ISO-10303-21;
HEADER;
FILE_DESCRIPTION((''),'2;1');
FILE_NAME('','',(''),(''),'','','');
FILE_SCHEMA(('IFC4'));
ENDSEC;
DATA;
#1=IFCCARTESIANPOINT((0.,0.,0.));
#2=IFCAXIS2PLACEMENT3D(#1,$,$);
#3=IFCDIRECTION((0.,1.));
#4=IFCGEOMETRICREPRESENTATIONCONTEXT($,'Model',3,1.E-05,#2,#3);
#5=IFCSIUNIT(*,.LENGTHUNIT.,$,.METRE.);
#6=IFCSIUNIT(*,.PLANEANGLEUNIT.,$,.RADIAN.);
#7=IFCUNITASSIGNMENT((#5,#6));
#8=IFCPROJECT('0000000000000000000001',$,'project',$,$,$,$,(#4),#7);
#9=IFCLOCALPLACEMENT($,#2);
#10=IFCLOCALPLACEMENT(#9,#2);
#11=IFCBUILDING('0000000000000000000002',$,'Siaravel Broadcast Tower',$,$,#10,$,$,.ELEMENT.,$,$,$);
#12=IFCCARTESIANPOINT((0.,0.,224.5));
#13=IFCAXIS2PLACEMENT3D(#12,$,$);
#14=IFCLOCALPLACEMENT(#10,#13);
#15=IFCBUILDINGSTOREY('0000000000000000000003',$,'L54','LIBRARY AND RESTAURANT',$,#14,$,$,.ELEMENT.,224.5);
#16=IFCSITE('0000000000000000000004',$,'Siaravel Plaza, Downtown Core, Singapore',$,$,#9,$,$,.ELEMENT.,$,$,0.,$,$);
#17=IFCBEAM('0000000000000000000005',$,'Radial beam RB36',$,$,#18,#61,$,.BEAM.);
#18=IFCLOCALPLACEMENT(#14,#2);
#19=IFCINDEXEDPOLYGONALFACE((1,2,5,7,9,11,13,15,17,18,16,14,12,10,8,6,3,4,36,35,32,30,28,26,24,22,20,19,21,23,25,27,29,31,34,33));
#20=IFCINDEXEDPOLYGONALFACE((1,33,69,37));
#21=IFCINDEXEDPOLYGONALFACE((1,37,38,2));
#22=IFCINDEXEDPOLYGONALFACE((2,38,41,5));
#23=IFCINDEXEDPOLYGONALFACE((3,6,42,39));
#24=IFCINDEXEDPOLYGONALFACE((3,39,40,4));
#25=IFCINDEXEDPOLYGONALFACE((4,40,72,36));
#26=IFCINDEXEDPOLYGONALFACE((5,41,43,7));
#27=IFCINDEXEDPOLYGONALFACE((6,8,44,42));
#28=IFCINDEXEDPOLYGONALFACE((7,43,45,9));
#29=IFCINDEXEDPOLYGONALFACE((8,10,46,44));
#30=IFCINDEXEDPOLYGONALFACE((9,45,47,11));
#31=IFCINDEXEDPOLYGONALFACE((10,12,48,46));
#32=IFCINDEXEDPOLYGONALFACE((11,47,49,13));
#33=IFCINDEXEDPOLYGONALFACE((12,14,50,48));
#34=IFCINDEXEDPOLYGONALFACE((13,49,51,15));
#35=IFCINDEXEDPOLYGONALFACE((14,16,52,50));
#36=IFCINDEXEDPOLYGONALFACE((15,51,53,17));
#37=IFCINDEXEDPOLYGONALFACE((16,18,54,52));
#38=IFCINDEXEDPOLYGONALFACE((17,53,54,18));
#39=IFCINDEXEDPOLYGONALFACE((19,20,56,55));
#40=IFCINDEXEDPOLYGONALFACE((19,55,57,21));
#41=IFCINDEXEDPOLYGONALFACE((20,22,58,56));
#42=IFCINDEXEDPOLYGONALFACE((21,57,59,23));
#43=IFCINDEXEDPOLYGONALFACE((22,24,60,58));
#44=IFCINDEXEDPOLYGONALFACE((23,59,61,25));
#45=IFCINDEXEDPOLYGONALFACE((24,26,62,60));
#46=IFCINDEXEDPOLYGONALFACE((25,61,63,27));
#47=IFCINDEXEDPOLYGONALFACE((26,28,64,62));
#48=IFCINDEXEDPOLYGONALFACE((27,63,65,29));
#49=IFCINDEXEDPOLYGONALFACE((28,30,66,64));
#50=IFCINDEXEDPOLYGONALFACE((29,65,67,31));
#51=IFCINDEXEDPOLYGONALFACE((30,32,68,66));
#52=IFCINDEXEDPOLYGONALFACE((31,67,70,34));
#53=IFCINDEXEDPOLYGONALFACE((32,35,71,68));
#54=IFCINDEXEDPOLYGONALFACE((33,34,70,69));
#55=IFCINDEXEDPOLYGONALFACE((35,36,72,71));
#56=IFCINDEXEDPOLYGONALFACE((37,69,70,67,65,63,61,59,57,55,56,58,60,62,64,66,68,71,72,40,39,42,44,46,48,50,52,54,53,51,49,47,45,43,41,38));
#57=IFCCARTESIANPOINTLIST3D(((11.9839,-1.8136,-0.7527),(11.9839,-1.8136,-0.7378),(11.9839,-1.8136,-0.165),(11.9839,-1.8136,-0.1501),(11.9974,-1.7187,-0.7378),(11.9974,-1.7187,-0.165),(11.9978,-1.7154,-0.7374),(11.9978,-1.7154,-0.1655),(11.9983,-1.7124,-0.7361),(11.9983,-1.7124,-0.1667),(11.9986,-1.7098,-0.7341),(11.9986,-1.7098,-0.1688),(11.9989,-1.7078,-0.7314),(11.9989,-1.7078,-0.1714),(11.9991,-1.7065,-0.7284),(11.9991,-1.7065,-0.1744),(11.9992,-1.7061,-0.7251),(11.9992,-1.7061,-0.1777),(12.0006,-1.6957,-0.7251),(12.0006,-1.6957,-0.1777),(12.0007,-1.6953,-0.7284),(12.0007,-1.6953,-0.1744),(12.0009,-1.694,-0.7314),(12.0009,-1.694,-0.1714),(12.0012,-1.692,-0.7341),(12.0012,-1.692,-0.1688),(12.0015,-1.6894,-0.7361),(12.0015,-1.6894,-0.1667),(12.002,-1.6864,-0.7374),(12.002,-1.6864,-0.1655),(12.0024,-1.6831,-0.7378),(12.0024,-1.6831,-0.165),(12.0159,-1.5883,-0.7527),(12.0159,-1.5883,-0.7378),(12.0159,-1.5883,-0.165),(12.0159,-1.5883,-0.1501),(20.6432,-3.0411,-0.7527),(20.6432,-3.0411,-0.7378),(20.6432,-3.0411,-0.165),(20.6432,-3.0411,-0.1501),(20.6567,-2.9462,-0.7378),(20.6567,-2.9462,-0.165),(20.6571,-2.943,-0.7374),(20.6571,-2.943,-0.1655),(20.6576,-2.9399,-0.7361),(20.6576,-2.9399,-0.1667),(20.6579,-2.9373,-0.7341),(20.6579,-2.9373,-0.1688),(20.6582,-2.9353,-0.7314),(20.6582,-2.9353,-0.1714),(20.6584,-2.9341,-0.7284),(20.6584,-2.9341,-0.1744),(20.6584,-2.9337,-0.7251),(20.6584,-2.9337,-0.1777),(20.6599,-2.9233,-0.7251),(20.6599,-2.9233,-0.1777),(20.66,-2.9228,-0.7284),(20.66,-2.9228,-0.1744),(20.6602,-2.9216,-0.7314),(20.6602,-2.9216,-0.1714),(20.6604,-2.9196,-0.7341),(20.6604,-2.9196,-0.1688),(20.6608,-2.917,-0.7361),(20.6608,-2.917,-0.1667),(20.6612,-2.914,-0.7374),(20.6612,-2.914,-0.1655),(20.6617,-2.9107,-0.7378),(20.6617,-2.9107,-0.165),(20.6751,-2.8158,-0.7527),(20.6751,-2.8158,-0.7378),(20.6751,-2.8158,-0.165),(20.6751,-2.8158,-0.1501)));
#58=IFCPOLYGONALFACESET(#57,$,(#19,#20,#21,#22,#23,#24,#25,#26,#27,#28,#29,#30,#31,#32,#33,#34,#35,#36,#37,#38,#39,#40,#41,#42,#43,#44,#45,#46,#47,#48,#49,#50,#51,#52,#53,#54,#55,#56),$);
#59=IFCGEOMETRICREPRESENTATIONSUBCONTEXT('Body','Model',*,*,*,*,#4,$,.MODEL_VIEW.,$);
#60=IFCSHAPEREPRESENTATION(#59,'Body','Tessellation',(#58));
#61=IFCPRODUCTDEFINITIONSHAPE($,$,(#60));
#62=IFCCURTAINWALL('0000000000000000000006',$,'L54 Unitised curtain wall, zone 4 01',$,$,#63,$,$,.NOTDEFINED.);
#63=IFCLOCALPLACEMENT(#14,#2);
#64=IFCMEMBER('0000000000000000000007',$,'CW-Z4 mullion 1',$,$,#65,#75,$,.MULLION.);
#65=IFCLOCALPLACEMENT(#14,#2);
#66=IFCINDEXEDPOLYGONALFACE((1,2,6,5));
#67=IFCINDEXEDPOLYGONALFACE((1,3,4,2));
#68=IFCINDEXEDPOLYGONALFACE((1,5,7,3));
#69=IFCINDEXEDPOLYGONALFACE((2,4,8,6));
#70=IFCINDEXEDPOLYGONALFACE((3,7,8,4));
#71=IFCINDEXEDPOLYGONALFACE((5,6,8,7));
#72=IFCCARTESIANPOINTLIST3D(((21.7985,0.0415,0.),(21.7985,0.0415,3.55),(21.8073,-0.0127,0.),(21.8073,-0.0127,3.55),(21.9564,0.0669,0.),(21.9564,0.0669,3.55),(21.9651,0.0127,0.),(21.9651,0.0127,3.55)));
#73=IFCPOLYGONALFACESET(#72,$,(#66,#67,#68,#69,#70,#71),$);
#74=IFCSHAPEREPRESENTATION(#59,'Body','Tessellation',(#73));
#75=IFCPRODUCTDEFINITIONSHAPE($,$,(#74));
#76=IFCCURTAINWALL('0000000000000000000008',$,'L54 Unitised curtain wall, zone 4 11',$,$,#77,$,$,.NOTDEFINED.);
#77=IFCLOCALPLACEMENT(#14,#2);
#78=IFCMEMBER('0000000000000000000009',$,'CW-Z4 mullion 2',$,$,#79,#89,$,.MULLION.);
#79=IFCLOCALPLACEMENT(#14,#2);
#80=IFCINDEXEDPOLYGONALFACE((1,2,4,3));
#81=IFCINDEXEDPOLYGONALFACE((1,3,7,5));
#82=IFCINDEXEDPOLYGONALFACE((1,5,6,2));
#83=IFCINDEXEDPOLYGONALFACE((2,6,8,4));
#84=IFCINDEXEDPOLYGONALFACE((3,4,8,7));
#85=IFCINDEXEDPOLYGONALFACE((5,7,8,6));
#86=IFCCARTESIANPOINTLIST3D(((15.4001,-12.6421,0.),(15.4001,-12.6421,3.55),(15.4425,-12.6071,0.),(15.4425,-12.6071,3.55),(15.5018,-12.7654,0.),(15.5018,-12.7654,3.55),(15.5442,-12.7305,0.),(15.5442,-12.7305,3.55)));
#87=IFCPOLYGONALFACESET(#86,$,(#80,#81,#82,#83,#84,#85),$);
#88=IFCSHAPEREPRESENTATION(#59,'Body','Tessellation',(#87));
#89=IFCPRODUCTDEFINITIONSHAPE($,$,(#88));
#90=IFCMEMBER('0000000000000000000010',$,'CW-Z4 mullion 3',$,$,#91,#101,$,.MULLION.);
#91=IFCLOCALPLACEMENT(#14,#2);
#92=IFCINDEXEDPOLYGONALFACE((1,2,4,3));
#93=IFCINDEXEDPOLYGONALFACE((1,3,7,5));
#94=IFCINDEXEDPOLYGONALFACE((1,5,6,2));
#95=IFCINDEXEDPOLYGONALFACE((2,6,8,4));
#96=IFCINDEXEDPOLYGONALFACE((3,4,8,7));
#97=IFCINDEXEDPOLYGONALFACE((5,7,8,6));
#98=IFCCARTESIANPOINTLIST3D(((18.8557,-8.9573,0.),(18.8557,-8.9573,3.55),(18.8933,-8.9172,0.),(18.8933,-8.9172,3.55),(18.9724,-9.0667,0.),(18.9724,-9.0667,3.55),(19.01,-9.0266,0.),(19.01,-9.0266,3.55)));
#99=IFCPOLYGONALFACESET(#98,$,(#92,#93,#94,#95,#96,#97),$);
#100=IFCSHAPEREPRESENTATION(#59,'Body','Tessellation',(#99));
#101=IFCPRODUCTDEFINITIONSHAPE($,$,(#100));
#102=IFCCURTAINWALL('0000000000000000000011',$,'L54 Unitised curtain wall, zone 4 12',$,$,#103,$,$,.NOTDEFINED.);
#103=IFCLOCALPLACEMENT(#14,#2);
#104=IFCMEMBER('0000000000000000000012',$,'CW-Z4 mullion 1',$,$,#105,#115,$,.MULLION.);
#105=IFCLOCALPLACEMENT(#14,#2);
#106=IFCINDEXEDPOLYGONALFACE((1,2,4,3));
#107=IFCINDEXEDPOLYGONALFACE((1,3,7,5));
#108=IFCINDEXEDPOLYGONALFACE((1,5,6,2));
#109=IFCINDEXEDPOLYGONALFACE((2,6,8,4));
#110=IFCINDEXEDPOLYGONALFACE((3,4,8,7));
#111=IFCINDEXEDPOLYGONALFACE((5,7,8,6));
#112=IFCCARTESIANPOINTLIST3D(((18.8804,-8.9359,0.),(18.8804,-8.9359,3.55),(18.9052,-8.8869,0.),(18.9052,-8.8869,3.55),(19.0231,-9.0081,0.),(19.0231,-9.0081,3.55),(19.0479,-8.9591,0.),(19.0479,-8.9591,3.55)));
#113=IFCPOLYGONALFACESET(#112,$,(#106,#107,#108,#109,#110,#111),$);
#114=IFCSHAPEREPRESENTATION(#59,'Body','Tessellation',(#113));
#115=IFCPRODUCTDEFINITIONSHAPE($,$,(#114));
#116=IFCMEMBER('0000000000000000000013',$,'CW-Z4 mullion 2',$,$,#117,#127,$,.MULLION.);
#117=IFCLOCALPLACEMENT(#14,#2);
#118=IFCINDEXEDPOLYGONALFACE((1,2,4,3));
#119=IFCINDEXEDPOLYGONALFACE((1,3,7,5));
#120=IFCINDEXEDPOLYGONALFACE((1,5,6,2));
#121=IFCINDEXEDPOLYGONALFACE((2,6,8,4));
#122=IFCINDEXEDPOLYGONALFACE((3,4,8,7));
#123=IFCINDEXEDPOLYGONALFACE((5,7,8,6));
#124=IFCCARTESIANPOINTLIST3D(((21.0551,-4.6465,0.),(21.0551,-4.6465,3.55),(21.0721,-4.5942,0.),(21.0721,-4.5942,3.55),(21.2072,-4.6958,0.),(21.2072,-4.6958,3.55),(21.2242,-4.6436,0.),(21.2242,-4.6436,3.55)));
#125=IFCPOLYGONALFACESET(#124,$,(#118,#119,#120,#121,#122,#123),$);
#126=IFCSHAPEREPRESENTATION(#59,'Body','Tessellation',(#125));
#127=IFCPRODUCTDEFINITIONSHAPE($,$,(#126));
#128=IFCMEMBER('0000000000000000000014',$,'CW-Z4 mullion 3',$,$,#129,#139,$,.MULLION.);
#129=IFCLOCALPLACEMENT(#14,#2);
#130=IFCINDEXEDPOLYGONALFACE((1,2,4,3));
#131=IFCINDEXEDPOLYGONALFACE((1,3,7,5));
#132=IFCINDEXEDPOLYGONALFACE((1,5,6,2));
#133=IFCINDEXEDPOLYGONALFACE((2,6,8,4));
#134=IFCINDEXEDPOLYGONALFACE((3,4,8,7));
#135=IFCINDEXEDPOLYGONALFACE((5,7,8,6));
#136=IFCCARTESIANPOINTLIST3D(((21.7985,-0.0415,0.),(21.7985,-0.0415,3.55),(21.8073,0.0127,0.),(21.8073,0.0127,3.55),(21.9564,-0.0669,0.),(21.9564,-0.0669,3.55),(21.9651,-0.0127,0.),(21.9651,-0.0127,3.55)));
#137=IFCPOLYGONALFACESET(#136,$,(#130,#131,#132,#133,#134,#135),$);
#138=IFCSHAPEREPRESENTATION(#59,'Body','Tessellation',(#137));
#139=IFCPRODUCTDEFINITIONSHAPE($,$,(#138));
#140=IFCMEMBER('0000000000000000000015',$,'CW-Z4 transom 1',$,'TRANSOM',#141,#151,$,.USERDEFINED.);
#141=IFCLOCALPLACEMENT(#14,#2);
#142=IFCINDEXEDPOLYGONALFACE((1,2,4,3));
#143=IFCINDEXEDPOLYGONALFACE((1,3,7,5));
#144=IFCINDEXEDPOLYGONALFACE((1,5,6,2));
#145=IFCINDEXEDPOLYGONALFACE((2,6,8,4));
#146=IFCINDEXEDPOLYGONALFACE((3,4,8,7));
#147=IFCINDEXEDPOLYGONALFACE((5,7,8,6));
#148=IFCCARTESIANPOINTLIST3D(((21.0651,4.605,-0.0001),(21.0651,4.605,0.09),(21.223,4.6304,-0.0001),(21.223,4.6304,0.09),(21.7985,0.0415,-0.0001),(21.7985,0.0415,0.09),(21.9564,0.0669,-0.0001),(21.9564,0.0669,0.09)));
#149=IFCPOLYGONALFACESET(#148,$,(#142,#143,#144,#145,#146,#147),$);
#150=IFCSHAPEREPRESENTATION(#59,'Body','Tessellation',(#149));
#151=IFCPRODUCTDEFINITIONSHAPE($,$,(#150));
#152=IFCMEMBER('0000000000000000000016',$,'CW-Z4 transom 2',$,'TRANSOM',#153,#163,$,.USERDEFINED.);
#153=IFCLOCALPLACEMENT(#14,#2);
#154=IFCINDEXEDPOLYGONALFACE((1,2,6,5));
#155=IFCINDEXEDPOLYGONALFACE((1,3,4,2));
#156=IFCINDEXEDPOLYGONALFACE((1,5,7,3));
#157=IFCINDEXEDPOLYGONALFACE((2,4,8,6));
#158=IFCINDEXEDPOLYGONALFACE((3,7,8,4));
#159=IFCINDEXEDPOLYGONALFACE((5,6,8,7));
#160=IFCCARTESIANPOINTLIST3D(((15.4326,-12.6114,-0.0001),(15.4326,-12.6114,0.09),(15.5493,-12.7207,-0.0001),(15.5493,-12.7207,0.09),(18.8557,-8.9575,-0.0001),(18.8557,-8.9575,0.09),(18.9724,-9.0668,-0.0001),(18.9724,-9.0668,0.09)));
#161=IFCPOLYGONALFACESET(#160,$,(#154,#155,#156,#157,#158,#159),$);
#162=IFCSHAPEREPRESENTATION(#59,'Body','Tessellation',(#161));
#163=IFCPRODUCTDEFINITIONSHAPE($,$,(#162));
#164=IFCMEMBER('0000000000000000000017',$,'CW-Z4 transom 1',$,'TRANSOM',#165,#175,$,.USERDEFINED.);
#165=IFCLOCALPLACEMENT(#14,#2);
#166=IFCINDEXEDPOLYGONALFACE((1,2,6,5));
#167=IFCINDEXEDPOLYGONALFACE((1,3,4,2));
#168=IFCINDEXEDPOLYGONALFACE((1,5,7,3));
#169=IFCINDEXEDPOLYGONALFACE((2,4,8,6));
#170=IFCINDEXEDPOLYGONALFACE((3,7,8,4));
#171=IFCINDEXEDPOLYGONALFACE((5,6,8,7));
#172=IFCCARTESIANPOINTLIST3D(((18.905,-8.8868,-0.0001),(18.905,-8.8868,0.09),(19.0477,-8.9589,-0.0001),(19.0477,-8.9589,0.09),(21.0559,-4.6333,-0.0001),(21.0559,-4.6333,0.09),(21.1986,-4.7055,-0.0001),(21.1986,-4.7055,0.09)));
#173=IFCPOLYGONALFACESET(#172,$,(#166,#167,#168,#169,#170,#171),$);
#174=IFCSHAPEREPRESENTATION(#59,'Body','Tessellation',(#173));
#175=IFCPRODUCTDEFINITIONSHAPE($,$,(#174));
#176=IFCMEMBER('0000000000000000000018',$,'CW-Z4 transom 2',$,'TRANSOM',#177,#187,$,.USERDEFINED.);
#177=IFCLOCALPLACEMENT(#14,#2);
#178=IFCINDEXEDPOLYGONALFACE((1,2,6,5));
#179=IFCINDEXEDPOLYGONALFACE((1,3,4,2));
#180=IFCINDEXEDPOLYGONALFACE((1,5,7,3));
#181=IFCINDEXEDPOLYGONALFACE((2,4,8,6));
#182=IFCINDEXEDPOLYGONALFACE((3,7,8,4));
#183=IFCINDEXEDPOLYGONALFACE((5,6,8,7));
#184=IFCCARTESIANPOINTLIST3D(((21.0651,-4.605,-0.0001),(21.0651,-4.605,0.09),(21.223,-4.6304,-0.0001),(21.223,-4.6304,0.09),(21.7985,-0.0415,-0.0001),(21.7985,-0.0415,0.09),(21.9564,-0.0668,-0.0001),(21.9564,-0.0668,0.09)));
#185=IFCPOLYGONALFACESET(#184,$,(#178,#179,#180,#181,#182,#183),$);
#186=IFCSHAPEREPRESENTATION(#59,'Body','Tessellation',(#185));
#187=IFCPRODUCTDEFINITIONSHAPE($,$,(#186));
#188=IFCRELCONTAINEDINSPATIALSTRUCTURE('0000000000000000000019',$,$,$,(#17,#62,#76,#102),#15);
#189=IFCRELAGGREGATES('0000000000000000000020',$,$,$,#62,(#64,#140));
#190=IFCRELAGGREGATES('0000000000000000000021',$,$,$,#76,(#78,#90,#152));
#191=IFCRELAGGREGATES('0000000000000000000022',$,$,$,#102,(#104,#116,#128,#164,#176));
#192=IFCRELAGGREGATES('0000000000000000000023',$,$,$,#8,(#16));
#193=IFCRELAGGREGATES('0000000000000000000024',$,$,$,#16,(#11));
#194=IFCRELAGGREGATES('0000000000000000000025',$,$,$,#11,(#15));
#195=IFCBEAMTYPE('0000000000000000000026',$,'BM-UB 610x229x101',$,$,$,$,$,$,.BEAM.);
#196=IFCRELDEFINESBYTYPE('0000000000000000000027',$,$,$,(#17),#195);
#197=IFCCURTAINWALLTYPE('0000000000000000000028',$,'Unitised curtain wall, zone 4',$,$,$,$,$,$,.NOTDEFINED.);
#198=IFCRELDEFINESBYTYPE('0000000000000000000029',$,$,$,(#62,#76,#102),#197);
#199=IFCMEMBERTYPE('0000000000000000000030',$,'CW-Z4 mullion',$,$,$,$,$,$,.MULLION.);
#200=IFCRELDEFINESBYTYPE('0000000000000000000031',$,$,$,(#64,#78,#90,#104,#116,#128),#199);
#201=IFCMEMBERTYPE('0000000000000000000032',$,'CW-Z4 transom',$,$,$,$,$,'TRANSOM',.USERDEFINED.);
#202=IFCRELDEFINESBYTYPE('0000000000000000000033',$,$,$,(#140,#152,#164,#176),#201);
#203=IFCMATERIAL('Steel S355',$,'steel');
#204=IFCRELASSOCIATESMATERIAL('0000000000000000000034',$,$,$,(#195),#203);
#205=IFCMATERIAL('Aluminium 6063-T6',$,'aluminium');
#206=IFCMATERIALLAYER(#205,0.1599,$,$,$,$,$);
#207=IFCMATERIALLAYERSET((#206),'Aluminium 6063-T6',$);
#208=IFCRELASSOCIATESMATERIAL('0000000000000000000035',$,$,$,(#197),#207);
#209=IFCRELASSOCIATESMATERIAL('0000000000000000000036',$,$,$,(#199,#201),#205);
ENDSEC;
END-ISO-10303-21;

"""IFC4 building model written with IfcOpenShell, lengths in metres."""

from ifc_helpers import new_model, si_unit, direction, frame, origin, origin_2d, place, context, subcontext, project, spatial, rectangle, i_section, extrude, material, layer, layer_set, material_profile, profile_set, type_object, element, aggregate, save


model = new_model("IFC4")

# Units and contexts
model_context = context("Model", 3, precision=1e-05, world=origin(), true_north=direction((0.0, 1.0)))
body_context = subcontext(model_context, "Body", "Model", "MODEL_VIEW")
ifc_project = project(units=[si_unit("LENGTHUNIT", "METRE"), si_unit("PLANEANGLEUNIT", "RADIAN")], contexts=[model_context])

# Site, building, storey
site_placement = place(None, origin())
site = spatial("IfcSite", under=ifc_project, at=site_placement, Name="Siaravel Plaza, Downtown Core, Singapore", CompositionType="ELEMENT", RefElevation=0.0)
building_placement = place(site_placement, origin())
building = spatial("IfcBuilding", under=site, at=building_placement, Name="Siaravel Broadcast Tower", CompositionType="ELEMENT")
storey_placement = place(building_placement, frame((0.0, 0.0, 224.5)))
storey = spatial("IfcBuildingStorey", under=building, at=storey_placement, Name="L54", Description="LIBRARY AND RESTAURANT", CompositionType="ELEMENT", Elevation=224.5)

# Beam
ifc_material_1 = material(Name="Steel S355", Category="steel")
ifc_material_profile_1 = material_profile(ifc_material_1, i_section(OverallWidth=0.2275, OverallDepth=0.6025, WebThickness=0.0105, FlangeThickness=0.0149, FilletRadius=0.0127, at=origin_2d()))
ifc_profile_set_1 = profile_set([ifc_material_profile_1], Name="Steel S355")
beam_type = type_object("IfcBeamType", Name="BM-UB 610x229x101", PredefinedType="BEAM", material=ifc_profile_set_1)
beam_1_placement = place(storey_placement, frame((20.6592, -2.9285, -0.4514), z_axis=(-0.990101, 0.140358, 0.0), x_axis=(-0.140358, -0.990101, 0.0)))
element("IfcBeam", 1, at=beam_1_placement, inside=storey, type_object=beam_type, Name="Radial beam RB36", PredefinedType="BEAM", context=body_context, shape_type="SweptSolid", body=[
    extrude(i_section(OverallWidth=0.2275, OverallDepth=0.6025, WebThickness=0.0105, FlangeThickness=0.0149, FilletRadius=0.0127, at=origin_2d()), origin(), (0.0, 0.0, 1.0), 8.7458),
])

# Curtain wall, member
ifc_material_2 = material(Name="Aluminium 6063-T6", Category="aluminium")
ifc_layer_1 = layer(ifc_material_2, 0.1599)
ifc_layer_set_1 = layer_set([ifc_layer_1], Name="Aluminium 6063-T6")
curtain_wall_type = type_object("IfcCurtainWallType", Name="Unitised curtain wall, zone 4", PredefinedType="NOTDEFINED", material=ifc_layer_set_1)
curtain_wall_1_placement = place(storey_placement, origin())
curtain_wall_1 = element("IfcCurtainWall", 2, at=curtain_wall_1_placement, inside=storey, type_object=curtain_wall_type, Name="L54 Unitised curtain wall, zone 4 01", PredefinedType="NOTDEFINED")
ifc_material_profile_2 = material_profile(ifc_material_2, rectangle(XDim=0.1599, YDim=0.0549, at=origin_2d()))
ifc_profile_set_2 = profile_set([ifc_material_profile_2], Name="Aluminium 6063-T6")
member_type_1 = type_object("IfcMemberType", Name="CW-Z4 mullion", PredefinedType="MULLION", material=ifc_profile_set_2)
member_1_placement = place(storey_placement, frame((21.8818, 0.0271, 0.0), z_axis=(0.0, 0.0, 1.0), x_axis=(-0.987329, -0.158685, 0.0)))
member_1 = element("IfcMember", 3, at=member_1_placement, type_object=member_type_1, Name="CW-Z4 mullion 1", PredefinedType="MULLION", context=body_context, shape_type="SweptSolid", body=[
    extrude(rectangle(XDim=0.1599, YDim=0.0549, at=origin_2d()), origin(), (0.0, 0.0, 1.0), 3.55),
])

# Curtain walls, members
curtain_wall_2_placement = place(storey_placement, origin())
curtain_wall_2 = element("IfcCurtainWall", 4, at=curtain_wall_2_placement, inside=storey, type_object=curtain_wall_type, Name="L54 Unitised curtain wall, zone 4 11", PredefinedType="NOTDEFINED")
member_2_placement = place(storey_placement, frame((15.4722, -12.6863, 0.0), z_axis=(0.0, 0.0, 1.0), x_axis=(-0.63622, 0.771508, 0.0)))
member_2 = element("IfcMember", 5, at=member_2_placement, type_object=member_type_1, Name="CW-Z4 mullion 2", PredefinedType="MULLION", context=body_context, shape_type="SweptSolid", body=[
    extrude(rectangle(XDim=0.1599, YDim=0.0549, at=origin_2d()), origin(), (0.0, 0.0, 1.0), 3.55),
])
member_3_placement = place(storey_placement, frame((18.9329, -8.9919, 0.0), z_axis=(0.0, 0.0, 1.0), x_axis=(-0.729806, 0.683654, 0.0)))
member_3 = element("IfcMember", 6, at=member_3_placement, type_object=member_type_1, Name="CW-Z4 mullion 3", PredefinedType="MULLION", context=body_context, shape_type="SweptSolid", body=[
    extrude(rectangle(XDim=0.1599, YDim=0.0549, at=origin_2d()), origin(), (0.0, 0.0, 1.0), 3.55),
])
curtain_wall_3_placement = place(storey_placement, origin())
curtain_wall_3 = element("IfcCurtainWall", 7, at=curtain_wall_3_placement, inside=storey, type_object=curtain_wall_type, Name="L54 Unitised curtain wall, zone 4 12", PredefinedType="NOTDEFINED")
member_4_placement = place(storey_placement, frame((18.9641, -8.9475, 0.0), z_axis=(0.0, 0.0, 1.0), x_axis=(-0.892393, 0.45126, 0.0)))
member_4 = element("IfcMember", 8, at=member_4_placement, type_object=member_type_1, Name="CW-Z4 mullion 1", PredefinedType="MULLION", context=body_context, shape_type="SweptSolid", body=[
    extrude(rectangle(XDim=0.1599, YDim=0.0549, at=origin_2d()), origin(), (0.0, 0.0, 1.0), 3.55),
])
member_5_placement = place(storey_placement, frame((21.1396, -4.645, 0.0), z_axis=(0.0, 0.0, 1.0), x_axis=(-0.951178, 0.308644, 0.0)))
member_5 = element("IfcMember", 9, at=member_5_placement, type_object=member_type_1, Name="CW-Z4 mullion 2", PredefinedType="MULLION", context=body_context, shape_type="SweptSolid", body=[
    extrude(rectangle(XDim=0.1599, YDim=0.0549, at=origin_2d()), origin(), (0.0, 0.0, 1.0), 3.55),
])
member_6_placement = place(storey_placement, frame((21.8818, -0.0271, 0.0), z_axis=(0.0, 0.0, 1.0), x_axis=(-0.987329, 0.158685, 0.0)))
member_6 = element("IfcMember", 10, at=member_6_placement, type_object=member_type_1, Name="CW-Z4 mullion 3", PredefinedType="MULLION", context=body_context, shape_type="SweptSolid", body=[
    extrude(rectangle(XDim=0.1599, YDim=0.0549, at=origin_2d()), origin(), (0.0, 0.0, 1.0), 3.55),
])

# Members
ifc_material_profile_3 = material_profile(ifc_material_2, rectangle(XDim=0.1599, YDim=0.0901, at=origin_2d()))
ifc_profile_set_3 = profile_set([ifc_material_profile_3], Name="Aluminium 6063-T6")
member_type_2 = type_object("IfcMemberType", Name="CW-Z4 transom", ElementType="TRANSOM", PredefinedType="USERDEFINED", material=ifc_profile_set_3)
member_7_placement = place(storey_placement, frame((21.8774, 0.0542, 0.0449), z_axis=(-0.158674, 0.987331, 0.0), x_axis=(-0.987331, -0.158674, 0.0)))
member_7 = element("IfcMember", 11, at=member_7_placement, type_object=member_type_2, Name="CW-Z4 transom 1", ObjectType="TRANSOM", PredefinedType="USERDEFINED", context=body_context, shape_type="SweptSolid", body=[
    extrude(rectangle(XDim=0.1599, YDim=0.0901, at=origin_2d()), origin(), (0.0, 0.0, 1.0), 4.6221),
])
aggregate(curtain_wall_1, [member_1, member_7])
member_8_placement = place(storey_placement, frame((15.491, -12.666, 0.0449), z_axis=(0.683691, 0.729771, 0.0), x_axis=(-0.729771, 0.683691, 0.0)))
member_8 = element("IfcMember", 12, at=member_8_placement, type_object=member_type_2, Name="CW-Z4 transom 2", ObjectType="TRANSOM", PredefinedType="USERDEFINED", context=body_context, shape_type="SweptSolid", body=[
    extrude(rectangle(XDim=0.1599, YDim=0.0901, at=origin_2d()), origin(), (0.0, 0.0, 1.0), 5.0068),
])
member_9_placement = place(storey_placement, frame((18.9763, -8.9229, 0.0449), z_axis=(0.451266, 0.89239, 0.0), x_axis=(-0.89239, 0.451266, 0.0)))
member_9 = element("IfcMember", 13, at=member_9_placement, type_object=member_type_2, Name="CW-Z4 transom 1", ObjectType="TRANSOM", PredefinedType="USERDEFINED", context=body_context, shape_type="SweptSolid", body=[
    extrude(rectangle(XDim=0.1599, YDim=0.0901, at=origin_2d()), origin(), (0.0, 0.0, 1.0), 4.7664),
])
member_10_placement = place(storey_placement, frame((21.144, -4.6177, 0.0449), z_axis=(0.158674, 0.987331, 0.0), x_axis=(-0.987331, 0.158674, 0.0)))
member_10 = element("IfcMember", 14, at=member_10_placement, type_object=member_type_2, Name="CW-Z4 transom 2", ObjectType="TRANSOM", PredefinedType="USERDEFINED", context=body_context, shape_type="SweptSolid", body=[
    extrude(rectangle(XDim=0.1599, YDim=0.0901, at=origin_2d()), origin(), (0.0, 0.0, 1.0), 4.6221),
])

aggregate(curtain_wall_2, [member_2, member_3, member_8])
aggregate(curtain_wall_3, [member_4, member_5, member_6, member_9, member_10])

save(model, "model.ifc")
